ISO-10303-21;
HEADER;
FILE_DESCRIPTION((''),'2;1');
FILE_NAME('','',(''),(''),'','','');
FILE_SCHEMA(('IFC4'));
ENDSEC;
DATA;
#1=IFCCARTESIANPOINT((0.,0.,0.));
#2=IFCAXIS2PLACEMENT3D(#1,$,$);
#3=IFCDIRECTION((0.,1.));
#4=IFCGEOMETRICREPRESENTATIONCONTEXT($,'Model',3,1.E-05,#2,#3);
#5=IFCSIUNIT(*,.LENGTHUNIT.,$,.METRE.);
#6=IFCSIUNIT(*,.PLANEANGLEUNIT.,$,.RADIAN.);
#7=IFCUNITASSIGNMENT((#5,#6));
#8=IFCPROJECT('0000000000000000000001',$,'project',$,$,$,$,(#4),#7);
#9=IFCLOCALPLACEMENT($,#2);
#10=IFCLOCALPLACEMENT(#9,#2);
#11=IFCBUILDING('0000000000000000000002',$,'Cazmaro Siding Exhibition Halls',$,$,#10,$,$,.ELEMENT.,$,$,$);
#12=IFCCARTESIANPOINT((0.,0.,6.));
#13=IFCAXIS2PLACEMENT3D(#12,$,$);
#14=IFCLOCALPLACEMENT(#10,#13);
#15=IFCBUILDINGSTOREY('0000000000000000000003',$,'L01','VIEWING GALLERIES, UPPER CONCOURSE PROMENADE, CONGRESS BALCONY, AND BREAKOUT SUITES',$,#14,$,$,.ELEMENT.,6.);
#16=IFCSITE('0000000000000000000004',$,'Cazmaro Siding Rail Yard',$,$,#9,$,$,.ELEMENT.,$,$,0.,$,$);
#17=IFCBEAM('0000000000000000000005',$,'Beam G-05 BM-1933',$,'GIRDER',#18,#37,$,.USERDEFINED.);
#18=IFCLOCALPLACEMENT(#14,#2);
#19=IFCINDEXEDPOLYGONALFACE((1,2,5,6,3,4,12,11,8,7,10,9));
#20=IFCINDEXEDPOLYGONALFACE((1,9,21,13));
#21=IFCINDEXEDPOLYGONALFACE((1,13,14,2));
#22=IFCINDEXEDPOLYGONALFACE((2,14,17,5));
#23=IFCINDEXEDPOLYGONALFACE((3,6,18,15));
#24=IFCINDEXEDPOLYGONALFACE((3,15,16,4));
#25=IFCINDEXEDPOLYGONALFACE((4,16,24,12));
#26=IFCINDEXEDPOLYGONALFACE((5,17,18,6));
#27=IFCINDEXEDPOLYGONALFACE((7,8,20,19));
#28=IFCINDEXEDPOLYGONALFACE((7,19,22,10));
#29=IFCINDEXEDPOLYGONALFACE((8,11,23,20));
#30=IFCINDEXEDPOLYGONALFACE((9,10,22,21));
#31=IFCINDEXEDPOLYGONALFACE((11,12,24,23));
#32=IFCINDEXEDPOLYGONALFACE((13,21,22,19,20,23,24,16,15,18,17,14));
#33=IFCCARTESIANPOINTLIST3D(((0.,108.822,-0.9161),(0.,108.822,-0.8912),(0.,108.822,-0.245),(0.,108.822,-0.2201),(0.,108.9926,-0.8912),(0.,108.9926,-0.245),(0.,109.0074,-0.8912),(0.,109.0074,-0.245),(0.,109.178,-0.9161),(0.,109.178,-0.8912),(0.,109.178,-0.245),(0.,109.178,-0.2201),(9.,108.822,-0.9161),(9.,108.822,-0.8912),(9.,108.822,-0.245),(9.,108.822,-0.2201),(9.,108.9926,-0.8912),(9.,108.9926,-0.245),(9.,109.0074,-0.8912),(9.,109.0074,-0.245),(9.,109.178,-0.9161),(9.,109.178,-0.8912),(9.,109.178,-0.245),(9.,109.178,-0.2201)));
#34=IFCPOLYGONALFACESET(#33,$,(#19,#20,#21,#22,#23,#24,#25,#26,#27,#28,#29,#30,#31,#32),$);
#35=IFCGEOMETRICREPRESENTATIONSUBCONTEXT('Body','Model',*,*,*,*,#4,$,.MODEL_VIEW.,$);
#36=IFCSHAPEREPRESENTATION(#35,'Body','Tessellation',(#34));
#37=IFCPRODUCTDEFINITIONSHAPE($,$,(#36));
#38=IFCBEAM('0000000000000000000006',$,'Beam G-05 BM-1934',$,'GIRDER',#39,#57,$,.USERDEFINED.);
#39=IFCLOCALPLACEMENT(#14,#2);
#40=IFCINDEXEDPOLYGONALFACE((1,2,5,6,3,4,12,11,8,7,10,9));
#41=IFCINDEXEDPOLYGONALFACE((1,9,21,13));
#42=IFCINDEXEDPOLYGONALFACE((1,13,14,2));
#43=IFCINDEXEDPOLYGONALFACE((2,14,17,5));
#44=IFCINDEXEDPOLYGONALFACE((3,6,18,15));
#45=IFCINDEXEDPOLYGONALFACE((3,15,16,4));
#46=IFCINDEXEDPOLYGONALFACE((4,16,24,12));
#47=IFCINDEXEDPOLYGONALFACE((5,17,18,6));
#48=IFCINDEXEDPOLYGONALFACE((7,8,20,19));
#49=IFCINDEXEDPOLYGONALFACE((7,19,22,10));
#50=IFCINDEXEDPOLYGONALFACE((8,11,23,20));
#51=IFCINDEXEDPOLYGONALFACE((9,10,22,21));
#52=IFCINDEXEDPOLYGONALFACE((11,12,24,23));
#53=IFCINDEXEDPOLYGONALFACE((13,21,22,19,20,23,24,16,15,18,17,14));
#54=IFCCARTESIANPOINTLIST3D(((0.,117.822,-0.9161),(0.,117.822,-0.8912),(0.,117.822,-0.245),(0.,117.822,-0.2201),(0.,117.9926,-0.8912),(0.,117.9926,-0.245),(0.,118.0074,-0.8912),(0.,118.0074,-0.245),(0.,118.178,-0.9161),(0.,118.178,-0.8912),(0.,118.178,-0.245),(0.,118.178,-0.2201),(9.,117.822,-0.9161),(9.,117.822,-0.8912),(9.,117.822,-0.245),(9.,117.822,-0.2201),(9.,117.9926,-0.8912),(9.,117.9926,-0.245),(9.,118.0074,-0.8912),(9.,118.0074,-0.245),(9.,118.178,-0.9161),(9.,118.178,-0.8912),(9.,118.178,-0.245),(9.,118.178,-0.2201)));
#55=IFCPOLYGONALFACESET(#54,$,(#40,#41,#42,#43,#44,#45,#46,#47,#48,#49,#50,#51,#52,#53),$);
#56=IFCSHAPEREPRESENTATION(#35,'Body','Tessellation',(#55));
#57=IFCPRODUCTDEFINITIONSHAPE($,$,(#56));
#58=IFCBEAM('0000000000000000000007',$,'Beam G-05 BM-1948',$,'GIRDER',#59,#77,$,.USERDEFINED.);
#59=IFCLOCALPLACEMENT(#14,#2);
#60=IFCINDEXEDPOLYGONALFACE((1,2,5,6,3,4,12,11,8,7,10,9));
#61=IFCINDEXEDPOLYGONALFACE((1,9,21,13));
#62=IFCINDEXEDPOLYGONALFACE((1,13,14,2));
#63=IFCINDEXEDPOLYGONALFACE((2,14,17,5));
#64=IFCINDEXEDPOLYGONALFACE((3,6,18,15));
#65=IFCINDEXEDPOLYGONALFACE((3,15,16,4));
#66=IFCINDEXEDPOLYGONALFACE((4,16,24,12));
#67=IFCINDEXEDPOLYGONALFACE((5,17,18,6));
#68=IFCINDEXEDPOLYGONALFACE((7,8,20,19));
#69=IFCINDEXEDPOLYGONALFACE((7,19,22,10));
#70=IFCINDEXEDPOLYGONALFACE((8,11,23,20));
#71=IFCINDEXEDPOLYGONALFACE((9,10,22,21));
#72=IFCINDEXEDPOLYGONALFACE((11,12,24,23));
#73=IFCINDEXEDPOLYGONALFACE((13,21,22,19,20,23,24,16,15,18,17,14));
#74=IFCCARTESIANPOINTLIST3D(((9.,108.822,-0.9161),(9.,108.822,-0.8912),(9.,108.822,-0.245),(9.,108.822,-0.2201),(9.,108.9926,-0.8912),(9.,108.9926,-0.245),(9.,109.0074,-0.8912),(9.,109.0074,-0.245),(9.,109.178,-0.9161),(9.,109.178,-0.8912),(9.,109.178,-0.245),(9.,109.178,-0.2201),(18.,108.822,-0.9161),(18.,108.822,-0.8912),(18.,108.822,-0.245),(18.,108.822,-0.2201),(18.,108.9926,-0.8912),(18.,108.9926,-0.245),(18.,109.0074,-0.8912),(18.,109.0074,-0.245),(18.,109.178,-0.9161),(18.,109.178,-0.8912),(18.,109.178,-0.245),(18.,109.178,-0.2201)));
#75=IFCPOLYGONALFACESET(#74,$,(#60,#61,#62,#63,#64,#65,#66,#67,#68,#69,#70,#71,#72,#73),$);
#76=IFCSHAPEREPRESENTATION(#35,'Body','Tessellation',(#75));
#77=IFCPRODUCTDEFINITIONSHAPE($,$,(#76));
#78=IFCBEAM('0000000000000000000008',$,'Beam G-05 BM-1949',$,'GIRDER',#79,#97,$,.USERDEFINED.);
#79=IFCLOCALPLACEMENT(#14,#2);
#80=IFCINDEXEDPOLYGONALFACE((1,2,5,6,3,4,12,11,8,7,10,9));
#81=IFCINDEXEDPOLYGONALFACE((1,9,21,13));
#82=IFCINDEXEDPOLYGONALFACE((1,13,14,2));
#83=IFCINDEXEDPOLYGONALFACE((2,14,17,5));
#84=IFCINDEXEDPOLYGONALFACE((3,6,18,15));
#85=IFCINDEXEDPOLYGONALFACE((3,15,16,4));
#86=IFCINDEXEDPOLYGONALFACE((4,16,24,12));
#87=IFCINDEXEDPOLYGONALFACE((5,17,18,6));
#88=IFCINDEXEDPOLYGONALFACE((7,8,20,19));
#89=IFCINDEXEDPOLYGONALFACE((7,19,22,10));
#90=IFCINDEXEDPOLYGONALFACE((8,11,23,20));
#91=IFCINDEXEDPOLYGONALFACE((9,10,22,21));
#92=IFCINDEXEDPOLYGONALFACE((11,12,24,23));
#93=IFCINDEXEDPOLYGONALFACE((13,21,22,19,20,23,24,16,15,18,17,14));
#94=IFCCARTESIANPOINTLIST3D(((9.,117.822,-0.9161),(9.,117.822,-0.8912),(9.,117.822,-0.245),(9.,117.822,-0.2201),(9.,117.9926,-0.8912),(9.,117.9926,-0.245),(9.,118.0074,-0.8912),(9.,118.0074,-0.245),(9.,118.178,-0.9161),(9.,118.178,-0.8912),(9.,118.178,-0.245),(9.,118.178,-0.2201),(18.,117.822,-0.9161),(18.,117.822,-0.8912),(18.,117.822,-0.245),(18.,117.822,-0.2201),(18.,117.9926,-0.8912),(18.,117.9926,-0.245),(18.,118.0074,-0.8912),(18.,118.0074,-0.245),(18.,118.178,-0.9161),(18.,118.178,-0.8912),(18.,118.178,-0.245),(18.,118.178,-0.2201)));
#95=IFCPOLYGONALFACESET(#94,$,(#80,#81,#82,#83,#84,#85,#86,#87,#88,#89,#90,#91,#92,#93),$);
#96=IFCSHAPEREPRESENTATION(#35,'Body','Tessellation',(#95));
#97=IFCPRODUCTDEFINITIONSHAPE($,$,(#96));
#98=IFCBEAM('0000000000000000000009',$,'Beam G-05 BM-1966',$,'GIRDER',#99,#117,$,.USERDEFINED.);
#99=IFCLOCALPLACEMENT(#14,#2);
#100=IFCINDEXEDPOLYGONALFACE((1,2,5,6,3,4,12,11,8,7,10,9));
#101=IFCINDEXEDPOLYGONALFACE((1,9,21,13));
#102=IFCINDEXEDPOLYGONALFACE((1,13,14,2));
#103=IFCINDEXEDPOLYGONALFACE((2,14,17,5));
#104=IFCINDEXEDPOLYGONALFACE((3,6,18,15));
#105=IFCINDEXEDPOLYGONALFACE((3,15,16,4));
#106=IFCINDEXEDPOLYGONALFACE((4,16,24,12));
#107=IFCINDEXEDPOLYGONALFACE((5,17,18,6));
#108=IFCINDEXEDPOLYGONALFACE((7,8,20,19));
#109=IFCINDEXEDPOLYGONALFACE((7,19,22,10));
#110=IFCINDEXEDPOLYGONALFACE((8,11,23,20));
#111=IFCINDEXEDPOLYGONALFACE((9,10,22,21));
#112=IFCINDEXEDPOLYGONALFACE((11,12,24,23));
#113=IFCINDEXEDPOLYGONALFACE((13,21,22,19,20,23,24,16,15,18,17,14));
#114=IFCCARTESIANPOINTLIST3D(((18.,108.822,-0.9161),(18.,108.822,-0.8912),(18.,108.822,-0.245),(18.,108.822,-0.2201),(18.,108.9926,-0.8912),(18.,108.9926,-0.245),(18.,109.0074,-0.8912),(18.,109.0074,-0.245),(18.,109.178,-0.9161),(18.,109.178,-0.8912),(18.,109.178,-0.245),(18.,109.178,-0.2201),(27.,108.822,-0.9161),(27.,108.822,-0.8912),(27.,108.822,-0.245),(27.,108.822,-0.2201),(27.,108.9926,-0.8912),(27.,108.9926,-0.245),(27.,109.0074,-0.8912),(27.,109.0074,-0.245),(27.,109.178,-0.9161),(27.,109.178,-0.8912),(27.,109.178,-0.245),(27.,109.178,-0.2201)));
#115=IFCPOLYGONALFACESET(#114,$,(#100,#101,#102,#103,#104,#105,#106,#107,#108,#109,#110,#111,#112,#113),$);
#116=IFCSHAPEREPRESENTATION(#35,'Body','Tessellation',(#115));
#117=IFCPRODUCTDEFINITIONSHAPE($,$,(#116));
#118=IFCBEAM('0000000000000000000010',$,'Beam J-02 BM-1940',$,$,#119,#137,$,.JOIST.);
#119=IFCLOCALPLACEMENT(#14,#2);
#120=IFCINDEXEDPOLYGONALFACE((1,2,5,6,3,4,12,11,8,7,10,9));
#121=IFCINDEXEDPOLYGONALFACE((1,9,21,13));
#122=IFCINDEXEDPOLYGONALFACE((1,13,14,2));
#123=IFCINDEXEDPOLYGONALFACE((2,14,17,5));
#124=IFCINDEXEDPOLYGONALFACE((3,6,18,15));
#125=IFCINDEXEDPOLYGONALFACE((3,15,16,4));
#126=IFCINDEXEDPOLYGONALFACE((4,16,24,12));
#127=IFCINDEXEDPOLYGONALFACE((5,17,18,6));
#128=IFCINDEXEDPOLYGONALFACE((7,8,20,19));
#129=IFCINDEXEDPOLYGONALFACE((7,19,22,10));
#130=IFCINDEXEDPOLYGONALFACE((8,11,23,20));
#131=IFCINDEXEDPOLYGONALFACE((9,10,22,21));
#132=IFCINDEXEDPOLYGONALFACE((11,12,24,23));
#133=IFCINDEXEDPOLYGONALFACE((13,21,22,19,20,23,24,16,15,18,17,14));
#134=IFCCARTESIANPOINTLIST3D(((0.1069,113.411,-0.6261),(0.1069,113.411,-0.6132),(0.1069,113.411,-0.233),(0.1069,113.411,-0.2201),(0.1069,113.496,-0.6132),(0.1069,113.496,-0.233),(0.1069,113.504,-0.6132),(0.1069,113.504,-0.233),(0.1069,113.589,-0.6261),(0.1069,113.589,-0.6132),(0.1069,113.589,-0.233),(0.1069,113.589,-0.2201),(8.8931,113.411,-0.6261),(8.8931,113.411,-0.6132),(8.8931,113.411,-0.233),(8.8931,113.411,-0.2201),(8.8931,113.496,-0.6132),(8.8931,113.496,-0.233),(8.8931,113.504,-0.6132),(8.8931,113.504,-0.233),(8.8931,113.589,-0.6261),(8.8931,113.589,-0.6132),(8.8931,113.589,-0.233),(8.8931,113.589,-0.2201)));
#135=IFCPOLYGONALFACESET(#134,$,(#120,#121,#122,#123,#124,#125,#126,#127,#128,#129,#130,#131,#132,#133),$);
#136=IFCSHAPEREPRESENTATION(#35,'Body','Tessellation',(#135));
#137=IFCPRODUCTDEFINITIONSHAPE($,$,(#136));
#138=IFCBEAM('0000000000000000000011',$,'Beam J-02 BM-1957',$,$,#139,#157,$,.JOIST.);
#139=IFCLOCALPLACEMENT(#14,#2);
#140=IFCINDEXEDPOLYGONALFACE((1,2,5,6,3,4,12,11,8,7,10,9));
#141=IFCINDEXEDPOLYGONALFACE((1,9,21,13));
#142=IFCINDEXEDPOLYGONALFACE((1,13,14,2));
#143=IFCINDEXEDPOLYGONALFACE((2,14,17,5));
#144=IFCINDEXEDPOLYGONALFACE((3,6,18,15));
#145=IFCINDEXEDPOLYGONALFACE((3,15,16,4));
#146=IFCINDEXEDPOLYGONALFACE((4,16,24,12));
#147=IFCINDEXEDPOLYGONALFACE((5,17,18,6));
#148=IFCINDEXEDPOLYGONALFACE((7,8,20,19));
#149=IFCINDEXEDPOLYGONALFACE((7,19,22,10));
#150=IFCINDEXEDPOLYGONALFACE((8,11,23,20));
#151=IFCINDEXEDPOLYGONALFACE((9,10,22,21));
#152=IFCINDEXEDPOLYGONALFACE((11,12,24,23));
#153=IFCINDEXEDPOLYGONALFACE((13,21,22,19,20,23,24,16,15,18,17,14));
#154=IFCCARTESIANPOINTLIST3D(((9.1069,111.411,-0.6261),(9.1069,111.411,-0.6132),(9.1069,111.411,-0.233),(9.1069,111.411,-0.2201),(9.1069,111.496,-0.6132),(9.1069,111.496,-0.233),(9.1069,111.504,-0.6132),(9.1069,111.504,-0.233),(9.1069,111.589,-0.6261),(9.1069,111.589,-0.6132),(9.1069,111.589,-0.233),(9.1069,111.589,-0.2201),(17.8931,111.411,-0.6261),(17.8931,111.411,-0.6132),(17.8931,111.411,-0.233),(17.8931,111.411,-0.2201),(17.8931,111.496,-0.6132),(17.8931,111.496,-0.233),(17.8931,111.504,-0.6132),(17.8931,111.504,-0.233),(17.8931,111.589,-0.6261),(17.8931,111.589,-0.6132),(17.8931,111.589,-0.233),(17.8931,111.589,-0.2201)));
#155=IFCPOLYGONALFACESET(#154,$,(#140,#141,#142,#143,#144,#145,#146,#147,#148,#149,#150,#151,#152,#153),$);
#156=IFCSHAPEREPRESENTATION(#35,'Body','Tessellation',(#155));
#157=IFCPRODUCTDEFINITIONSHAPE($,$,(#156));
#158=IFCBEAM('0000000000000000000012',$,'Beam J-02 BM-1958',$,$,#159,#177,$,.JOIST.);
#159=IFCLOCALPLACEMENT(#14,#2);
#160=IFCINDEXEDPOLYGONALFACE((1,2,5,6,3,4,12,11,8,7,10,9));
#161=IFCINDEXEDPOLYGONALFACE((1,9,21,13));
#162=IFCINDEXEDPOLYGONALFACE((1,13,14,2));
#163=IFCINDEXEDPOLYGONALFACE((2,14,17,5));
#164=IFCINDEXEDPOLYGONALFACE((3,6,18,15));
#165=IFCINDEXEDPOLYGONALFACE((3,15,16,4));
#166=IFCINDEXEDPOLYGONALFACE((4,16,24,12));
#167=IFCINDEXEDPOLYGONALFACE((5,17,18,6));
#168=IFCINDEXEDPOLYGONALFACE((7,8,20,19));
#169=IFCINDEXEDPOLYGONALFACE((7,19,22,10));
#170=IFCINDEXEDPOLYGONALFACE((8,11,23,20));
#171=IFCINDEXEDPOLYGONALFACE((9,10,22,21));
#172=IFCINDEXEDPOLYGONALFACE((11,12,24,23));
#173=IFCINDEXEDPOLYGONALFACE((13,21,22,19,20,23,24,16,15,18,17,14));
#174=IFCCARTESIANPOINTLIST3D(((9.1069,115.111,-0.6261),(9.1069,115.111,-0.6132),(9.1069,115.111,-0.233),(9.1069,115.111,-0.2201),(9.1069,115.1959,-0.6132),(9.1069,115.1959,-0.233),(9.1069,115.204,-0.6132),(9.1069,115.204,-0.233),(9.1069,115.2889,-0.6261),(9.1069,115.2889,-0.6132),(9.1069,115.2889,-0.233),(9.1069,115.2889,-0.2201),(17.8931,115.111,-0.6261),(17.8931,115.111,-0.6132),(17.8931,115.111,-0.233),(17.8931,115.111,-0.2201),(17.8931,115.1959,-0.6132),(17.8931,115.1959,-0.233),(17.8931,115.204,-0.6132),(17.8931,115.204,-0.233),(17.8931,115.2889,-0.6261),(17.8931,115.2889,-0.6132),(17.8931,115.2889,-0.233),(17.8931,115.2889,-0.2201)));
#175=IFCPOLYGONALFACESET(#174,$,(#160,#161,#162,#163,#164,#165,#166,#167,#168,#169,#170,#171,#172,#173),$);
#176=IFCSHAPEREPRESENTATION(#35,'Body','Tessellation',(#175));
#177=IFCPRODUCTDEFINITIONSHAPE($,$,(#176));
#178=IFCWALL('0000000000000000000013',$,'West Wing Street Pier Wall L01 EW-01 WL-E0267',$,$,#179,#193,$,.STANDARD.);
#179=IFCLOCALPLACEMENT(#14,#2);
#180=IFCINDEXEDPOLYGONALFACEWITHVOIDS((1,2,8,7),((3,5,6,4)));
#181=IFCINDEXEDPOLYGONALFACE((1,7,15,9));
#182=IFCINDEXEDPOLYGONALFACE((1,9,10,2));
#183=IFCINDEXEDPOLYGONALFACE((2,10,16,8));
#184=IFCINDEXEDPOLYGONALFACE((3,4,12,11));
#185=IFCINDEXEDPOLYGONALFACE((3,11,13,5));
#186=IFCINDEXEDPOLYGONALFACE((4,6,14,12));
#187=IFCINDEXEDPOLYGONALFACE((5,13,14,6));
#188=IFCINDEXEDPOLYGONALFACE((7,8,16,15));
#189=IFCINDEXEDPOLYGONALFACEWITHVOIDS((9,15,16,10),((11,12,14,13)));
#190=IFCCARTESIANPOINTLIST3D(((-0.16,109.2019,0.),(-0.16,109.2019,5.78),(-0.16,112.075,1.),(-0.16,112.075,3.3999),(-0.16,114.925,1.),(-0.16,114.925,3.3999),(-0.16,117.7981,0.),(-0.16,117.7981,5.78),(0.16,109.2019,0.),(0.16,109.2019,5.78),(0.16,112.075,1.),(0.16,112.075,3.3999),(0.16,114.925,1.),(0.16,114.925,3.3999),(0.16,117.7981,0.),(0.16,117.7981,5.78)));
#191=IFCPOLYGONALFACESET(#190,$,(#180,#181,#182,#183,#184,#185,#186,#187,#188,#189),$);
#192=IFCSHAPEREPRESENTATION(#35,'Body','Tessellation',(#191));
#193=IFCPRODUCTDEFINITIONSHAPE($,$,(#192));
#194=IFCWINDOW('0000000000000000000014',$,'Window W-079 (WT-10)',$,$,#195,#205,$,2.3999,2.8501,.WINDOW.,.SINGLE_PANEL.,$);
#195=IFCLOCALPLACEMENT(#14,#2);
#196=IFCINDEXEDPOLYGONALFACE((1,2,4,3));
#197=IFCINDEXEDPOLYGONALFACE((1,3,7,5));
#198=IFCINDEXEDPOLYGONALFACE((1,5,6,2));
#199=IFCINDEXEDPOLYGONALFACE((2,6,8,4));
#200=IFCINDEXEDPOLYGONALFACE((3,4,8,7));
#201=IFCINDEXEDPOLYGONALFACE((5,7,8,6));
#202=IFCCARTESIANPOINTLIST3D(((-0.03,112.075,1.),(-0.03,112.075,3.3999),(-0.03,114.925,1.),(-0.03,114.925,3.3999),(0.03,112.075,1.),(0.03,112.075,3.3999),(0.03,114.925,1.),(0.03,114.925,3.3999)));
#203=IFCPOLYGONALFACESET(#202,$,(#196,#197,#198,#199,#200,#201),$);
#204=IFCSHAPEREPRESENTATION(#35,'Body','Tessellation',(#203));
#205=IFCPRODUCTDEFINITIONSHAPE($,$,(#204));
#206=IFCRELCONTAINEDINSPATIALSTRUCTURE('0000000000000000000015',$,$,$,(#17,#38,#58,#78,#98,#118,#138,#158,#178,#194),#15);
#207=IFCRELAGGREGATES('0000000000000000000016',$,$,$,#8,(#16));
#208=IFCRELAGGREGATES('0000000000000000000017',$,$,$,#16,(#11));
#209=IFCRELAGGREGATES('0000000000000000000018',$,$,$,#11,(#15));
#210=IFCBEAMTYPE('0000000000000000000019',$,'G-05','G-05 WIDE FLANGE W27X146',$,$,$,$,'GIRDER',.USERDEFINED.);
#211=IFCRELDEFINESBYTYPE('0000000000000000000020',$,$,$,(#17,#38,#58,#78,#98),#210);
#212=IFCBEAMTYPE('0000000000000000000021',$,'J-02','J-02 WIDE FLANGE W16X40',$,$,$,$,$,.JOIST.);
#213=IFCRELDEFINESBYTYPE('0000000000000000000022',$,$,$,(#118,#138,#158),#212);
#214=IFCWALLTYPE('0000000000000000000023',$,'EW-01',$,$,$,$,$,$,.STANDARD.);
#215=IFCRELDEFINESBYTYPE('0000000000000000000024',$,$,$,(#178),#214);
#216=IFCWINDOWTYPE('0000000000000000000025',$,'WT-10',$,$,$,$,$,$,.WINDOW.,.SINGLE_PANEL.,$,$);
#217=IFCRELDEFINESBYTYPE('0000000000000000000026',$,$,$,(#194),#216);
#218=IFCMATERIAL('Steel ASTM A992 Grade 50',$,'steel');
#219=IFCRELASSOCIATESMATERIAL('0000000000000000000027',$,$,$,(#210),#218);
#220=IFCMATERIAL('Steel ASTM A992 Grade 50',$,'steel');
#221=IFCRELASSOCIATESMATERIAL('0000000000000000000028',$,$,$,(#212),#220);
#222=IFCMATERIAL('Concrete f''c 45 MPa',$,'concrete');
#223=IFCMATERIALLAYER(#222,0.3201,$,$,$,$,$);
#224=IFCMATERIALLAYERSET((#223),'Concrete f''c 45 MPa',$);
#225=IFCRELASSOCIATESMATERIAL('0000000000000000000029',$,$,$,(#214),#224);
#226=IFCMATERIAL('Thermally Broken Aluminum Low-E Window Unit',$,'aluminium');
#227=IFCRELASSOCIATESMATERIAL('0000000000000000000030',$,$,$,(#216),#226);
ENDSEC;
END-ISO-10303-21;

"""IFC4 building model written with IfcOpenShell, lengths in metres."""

from ifc_helpers import new_model, si_unit, direction, frame, frame_2d, origin, origin_2d, place, context, subcontext, project, spatial, rectangle, i_section, extrude, material, layer, layer_set, material_profile, profile_set, type_object, element, fill, save


model = new_model("IFC4")

# Units and contexts
model_context = context("Model", 3, precision=1e-05, world=origin(), true_north=direction((0.0, 1.0)))
body_context = subcontext(model_context, "Body", "Model", "MODEL_VIEW")
ifc_project = project(units=[si_unit("LENGTHUNIT", "METRE"), si_unit("PLANEANGLEUNIT", "RADIAN")], contexts=[model_context])

# Site, building, storey
site_placement = place(None, origin())
site = spatial("IfcSite", under=ifc_project, at=site_placement, Name="Cazmaro Siding Rail Yard", CompositionType="ELEMENT", RefElevation=0.0)
building_placement = place(site_placement, origin())
building = spatial("IfcBuilding", under=site, at=building_placement, Name="Cazmaro Siding Exhibition Halls", CompositionType="ELEMENT")
storey_placement = place(building_placement, frame((0.0, 0.0, 6.0)))
storey = spatial("IfcBuildingStorey", under=building, at=storey_placement, Name="L01", Description="VIEWING GALLERIES, UPPER CONCOURSE PROMENADE, CONGRESS BALCONY, AND BREAKOUT SUITES", CompositionType="ELEMENT", Elevation=6.0)

# Beams
ifc_material_1 = material(Name="Steel ASTM A992 Grade 50", Category="steel")
ifc_material_profile_1 = material_profile(ifc_material_1, i_section(OverallWidth=0.356, OverallDepth=0.696, WebThickness=0.0149, FlangeThickness=0.0249, at=origin_2d()), Name="W27X146")
ifc_profile_set_1 = profile_set([ifc_material_profile_1], Name="Steel ASTM A992 Grade 50")
beam_type_1 = type_object("IfcBeamType", Name="G-05", Description="G-05 WIDE FLANGE W27X146", ElementType="GIRDER", PredefinedType="USERDEFINED", material=ifc_profile_set_1)
for number, where, z_axis, x_axis, name in (
    (1, (0.0, 109.0, -0.5681), (1.0, 0.0, 0.0), (0.0, 1.0, 0.0), "Beam G-05 BM-1933"),
    (2, (0.0, 118.0, -0.5681), (1.0, 0.0, 0.0), (0.0, 1.0, 0.0), "Beam G-05 BM-1934"),
    (3, (9.0, 109.0, -0.5681), (1.0, 0.0, 0.0), (0.0, 1.0, 0.0), "Beam G-05 BM-1948"),
    (4, (9.0, 118.0, -0.5681), (1.0, 0.0, 0.0), (0.0, 1.0, 0.0), "Beam G-05 BM-1949"),
    (5, (18.0, 109.0, -0.5681), (1.0, 0.0, 0.0), (0.0, 1.0, 0.0), "Beam G-05 BM-1966"),
):
    element("IfcBeam", number, at=place(storey_placement, frame(where, z_axis=z_axis, x_axis=x_axis)), inside=storey, type_object=beam_type_1, Name=name, ObjectType="GIRDER", PredefinedType="USERDEFINED", context=body_context, shape_type="SweptSolid", body=[
        extrude(i_section(OverallWidth=0.356, OverallDepth=0.696, WebThickness=0.0149, FlangeThickness=0.0249, at=origin_2d()), origin(), (0.0, 0.0, 1.0), 9.0),
    ])
ifc_material_2 = material(Name="Steel ASTM A992 Grade 50", Category="steel")
ifc_material_profile_2 = material_profile(ifc_material_2, i_section(OverallWidth=0.178, OverallDepth=0.406, WebThickness=0.0081, FlangeThickness=0.0129, at=origin_2d()), Name="W16X40")
ifc_profile_set_2 = profile_set([ifc_material_profile_2], Name="Steel ASTM A992 Grade 50")
beam_type_2 = type_object("IfcBeamType", Name="J-02", Description="J-02 WIDE FLANGE W16X40", PredefinedType="JOIST", material=ifc_profile_set_2)
for number, where, z_axis, x_axis, name in (
    (6, (0.1069, 113.5, -0.4231), (1.0, 0.0, 0.0), (0.0, 1.0, 0.0), "Beam J-02 BM-1940"),
    (7, (9.1069, 111.5, -0.4231), (1.0, 0.0, 0.0), (0.0, 1.0, 0.0), "Beam J-02 BM-1957"),
    (8, (9.1069, 115.2, -0.4231), (1.0, 0.0, 0.0), (0.0, 1.0, 0.0), "Beam J-02 BM-1958"),
):
    element("IfcBeam", number, at=place(storey_placement, frame(where, z_axis=z_axis, x_axis=x_axis)), inside=storey, type_object=beam_type_2, Name=name, PredefinedType="JOIST", context=body_context, shape_type="SweptSolid", body=[
        extrude(i_section(OverallWidth=0.178, OverallDepth=0.406, WebThickness=0.0081, FlangeThickness=0.0129, at=origin_2d()), origin(), (0.0, 0.0, 1.0), 8.7861),
    ])

# Wall, opening, window
ifc_material_3 = material(Name="Concrete f'c 45 MPa", Category="concrete")
ifc_layer_1 = layer(ifc_material_3, 0.3201)
ifc_layer_set_1 = layer_set([ifc_layer_1], Name="Concrete f'c 45 MPa")
wall_type_1 = type_object("IfcWallType", Name="EW-01", PredefinedType="STANDARD", material=ifc_layer_set_1)
wall_1_placement = place(storey_placement, frame((0.0, 109.2019, 0.0), z_axis=(0.0, 0.0, 1.0), x_axis=(0.0, 1.0, 0.0)))
wall_1 = element("IfcWall", 9, at=wall_1_placement, inside=storey, type_object=wall_type_1, Name="West Wing Street Pier Wall L01 EW-01 WL-E0267", PredefinedType="STANDARD", context=body_context, shape_type="SweptSolid", body=[
    extrude(rectangle(XDim=8.5962, YDim=0.3201, at=frame_2d((4.2981, 0.0))), origin(), (0.0, 0.0, 1.0), 5.78),
])
opening_1_placement = place(wall_1_placement, frame((2.873, 0.0, 1.0)))
opening_1 = element("IfcOpeningElement", 10, at=opening_1_placement, cuts=wall_1, PredefinedType="OPENING", context=body_context, shape_type="SweptSolid", body=[
    extrude(rectangle(XDim=2.8501, YDim=2.3999, at=frame_2d((1.425, 1.2))), frame((0.0, 0.1699, 0.0), z_axis=(0.0, -1.0, 0.0), x_axis=(1.0, 0.0, 0.0)), (0.0, 0.0, 1.0), 0.3401),
])
ifc_material_4 = material(Name="Thermally Broken Aluminum Low-E Window Unit", Category="aluminium")
window_type = type_object("IfcWindowType", Name="WT-10", PartitioningType="SINGLE_PANEL", PredefinedType="WINDOW", material=ifc_material_4)
window_placement = place(opening_1_placement, origin())
window = element("IfcWindow", 11, at=window_placement, inside=storey, type_object=window_type, Name="Window W-079 (WT-10)", OverallHeight=2.3999, OverallWidth=2.8501, PartitioningType="SINGLE_PANEL", PredefinedType="WINDOW", context=body_context, shape_type="SweptSolid", body=[
    extrude(rectangle(XDim=2.8501, YDim=2.3999, at=frame_2d((1.425, 1.2))), frame((0.0, 0.03, 0.0), z_axis=(0.0, -1.0, 0.0), x_axis=(1.0, 0.0, 0.0)), (0.0, 0.0, 1.0), 0.0601),
])
fill(opening_1, window)

save(model, "model.ifc")
